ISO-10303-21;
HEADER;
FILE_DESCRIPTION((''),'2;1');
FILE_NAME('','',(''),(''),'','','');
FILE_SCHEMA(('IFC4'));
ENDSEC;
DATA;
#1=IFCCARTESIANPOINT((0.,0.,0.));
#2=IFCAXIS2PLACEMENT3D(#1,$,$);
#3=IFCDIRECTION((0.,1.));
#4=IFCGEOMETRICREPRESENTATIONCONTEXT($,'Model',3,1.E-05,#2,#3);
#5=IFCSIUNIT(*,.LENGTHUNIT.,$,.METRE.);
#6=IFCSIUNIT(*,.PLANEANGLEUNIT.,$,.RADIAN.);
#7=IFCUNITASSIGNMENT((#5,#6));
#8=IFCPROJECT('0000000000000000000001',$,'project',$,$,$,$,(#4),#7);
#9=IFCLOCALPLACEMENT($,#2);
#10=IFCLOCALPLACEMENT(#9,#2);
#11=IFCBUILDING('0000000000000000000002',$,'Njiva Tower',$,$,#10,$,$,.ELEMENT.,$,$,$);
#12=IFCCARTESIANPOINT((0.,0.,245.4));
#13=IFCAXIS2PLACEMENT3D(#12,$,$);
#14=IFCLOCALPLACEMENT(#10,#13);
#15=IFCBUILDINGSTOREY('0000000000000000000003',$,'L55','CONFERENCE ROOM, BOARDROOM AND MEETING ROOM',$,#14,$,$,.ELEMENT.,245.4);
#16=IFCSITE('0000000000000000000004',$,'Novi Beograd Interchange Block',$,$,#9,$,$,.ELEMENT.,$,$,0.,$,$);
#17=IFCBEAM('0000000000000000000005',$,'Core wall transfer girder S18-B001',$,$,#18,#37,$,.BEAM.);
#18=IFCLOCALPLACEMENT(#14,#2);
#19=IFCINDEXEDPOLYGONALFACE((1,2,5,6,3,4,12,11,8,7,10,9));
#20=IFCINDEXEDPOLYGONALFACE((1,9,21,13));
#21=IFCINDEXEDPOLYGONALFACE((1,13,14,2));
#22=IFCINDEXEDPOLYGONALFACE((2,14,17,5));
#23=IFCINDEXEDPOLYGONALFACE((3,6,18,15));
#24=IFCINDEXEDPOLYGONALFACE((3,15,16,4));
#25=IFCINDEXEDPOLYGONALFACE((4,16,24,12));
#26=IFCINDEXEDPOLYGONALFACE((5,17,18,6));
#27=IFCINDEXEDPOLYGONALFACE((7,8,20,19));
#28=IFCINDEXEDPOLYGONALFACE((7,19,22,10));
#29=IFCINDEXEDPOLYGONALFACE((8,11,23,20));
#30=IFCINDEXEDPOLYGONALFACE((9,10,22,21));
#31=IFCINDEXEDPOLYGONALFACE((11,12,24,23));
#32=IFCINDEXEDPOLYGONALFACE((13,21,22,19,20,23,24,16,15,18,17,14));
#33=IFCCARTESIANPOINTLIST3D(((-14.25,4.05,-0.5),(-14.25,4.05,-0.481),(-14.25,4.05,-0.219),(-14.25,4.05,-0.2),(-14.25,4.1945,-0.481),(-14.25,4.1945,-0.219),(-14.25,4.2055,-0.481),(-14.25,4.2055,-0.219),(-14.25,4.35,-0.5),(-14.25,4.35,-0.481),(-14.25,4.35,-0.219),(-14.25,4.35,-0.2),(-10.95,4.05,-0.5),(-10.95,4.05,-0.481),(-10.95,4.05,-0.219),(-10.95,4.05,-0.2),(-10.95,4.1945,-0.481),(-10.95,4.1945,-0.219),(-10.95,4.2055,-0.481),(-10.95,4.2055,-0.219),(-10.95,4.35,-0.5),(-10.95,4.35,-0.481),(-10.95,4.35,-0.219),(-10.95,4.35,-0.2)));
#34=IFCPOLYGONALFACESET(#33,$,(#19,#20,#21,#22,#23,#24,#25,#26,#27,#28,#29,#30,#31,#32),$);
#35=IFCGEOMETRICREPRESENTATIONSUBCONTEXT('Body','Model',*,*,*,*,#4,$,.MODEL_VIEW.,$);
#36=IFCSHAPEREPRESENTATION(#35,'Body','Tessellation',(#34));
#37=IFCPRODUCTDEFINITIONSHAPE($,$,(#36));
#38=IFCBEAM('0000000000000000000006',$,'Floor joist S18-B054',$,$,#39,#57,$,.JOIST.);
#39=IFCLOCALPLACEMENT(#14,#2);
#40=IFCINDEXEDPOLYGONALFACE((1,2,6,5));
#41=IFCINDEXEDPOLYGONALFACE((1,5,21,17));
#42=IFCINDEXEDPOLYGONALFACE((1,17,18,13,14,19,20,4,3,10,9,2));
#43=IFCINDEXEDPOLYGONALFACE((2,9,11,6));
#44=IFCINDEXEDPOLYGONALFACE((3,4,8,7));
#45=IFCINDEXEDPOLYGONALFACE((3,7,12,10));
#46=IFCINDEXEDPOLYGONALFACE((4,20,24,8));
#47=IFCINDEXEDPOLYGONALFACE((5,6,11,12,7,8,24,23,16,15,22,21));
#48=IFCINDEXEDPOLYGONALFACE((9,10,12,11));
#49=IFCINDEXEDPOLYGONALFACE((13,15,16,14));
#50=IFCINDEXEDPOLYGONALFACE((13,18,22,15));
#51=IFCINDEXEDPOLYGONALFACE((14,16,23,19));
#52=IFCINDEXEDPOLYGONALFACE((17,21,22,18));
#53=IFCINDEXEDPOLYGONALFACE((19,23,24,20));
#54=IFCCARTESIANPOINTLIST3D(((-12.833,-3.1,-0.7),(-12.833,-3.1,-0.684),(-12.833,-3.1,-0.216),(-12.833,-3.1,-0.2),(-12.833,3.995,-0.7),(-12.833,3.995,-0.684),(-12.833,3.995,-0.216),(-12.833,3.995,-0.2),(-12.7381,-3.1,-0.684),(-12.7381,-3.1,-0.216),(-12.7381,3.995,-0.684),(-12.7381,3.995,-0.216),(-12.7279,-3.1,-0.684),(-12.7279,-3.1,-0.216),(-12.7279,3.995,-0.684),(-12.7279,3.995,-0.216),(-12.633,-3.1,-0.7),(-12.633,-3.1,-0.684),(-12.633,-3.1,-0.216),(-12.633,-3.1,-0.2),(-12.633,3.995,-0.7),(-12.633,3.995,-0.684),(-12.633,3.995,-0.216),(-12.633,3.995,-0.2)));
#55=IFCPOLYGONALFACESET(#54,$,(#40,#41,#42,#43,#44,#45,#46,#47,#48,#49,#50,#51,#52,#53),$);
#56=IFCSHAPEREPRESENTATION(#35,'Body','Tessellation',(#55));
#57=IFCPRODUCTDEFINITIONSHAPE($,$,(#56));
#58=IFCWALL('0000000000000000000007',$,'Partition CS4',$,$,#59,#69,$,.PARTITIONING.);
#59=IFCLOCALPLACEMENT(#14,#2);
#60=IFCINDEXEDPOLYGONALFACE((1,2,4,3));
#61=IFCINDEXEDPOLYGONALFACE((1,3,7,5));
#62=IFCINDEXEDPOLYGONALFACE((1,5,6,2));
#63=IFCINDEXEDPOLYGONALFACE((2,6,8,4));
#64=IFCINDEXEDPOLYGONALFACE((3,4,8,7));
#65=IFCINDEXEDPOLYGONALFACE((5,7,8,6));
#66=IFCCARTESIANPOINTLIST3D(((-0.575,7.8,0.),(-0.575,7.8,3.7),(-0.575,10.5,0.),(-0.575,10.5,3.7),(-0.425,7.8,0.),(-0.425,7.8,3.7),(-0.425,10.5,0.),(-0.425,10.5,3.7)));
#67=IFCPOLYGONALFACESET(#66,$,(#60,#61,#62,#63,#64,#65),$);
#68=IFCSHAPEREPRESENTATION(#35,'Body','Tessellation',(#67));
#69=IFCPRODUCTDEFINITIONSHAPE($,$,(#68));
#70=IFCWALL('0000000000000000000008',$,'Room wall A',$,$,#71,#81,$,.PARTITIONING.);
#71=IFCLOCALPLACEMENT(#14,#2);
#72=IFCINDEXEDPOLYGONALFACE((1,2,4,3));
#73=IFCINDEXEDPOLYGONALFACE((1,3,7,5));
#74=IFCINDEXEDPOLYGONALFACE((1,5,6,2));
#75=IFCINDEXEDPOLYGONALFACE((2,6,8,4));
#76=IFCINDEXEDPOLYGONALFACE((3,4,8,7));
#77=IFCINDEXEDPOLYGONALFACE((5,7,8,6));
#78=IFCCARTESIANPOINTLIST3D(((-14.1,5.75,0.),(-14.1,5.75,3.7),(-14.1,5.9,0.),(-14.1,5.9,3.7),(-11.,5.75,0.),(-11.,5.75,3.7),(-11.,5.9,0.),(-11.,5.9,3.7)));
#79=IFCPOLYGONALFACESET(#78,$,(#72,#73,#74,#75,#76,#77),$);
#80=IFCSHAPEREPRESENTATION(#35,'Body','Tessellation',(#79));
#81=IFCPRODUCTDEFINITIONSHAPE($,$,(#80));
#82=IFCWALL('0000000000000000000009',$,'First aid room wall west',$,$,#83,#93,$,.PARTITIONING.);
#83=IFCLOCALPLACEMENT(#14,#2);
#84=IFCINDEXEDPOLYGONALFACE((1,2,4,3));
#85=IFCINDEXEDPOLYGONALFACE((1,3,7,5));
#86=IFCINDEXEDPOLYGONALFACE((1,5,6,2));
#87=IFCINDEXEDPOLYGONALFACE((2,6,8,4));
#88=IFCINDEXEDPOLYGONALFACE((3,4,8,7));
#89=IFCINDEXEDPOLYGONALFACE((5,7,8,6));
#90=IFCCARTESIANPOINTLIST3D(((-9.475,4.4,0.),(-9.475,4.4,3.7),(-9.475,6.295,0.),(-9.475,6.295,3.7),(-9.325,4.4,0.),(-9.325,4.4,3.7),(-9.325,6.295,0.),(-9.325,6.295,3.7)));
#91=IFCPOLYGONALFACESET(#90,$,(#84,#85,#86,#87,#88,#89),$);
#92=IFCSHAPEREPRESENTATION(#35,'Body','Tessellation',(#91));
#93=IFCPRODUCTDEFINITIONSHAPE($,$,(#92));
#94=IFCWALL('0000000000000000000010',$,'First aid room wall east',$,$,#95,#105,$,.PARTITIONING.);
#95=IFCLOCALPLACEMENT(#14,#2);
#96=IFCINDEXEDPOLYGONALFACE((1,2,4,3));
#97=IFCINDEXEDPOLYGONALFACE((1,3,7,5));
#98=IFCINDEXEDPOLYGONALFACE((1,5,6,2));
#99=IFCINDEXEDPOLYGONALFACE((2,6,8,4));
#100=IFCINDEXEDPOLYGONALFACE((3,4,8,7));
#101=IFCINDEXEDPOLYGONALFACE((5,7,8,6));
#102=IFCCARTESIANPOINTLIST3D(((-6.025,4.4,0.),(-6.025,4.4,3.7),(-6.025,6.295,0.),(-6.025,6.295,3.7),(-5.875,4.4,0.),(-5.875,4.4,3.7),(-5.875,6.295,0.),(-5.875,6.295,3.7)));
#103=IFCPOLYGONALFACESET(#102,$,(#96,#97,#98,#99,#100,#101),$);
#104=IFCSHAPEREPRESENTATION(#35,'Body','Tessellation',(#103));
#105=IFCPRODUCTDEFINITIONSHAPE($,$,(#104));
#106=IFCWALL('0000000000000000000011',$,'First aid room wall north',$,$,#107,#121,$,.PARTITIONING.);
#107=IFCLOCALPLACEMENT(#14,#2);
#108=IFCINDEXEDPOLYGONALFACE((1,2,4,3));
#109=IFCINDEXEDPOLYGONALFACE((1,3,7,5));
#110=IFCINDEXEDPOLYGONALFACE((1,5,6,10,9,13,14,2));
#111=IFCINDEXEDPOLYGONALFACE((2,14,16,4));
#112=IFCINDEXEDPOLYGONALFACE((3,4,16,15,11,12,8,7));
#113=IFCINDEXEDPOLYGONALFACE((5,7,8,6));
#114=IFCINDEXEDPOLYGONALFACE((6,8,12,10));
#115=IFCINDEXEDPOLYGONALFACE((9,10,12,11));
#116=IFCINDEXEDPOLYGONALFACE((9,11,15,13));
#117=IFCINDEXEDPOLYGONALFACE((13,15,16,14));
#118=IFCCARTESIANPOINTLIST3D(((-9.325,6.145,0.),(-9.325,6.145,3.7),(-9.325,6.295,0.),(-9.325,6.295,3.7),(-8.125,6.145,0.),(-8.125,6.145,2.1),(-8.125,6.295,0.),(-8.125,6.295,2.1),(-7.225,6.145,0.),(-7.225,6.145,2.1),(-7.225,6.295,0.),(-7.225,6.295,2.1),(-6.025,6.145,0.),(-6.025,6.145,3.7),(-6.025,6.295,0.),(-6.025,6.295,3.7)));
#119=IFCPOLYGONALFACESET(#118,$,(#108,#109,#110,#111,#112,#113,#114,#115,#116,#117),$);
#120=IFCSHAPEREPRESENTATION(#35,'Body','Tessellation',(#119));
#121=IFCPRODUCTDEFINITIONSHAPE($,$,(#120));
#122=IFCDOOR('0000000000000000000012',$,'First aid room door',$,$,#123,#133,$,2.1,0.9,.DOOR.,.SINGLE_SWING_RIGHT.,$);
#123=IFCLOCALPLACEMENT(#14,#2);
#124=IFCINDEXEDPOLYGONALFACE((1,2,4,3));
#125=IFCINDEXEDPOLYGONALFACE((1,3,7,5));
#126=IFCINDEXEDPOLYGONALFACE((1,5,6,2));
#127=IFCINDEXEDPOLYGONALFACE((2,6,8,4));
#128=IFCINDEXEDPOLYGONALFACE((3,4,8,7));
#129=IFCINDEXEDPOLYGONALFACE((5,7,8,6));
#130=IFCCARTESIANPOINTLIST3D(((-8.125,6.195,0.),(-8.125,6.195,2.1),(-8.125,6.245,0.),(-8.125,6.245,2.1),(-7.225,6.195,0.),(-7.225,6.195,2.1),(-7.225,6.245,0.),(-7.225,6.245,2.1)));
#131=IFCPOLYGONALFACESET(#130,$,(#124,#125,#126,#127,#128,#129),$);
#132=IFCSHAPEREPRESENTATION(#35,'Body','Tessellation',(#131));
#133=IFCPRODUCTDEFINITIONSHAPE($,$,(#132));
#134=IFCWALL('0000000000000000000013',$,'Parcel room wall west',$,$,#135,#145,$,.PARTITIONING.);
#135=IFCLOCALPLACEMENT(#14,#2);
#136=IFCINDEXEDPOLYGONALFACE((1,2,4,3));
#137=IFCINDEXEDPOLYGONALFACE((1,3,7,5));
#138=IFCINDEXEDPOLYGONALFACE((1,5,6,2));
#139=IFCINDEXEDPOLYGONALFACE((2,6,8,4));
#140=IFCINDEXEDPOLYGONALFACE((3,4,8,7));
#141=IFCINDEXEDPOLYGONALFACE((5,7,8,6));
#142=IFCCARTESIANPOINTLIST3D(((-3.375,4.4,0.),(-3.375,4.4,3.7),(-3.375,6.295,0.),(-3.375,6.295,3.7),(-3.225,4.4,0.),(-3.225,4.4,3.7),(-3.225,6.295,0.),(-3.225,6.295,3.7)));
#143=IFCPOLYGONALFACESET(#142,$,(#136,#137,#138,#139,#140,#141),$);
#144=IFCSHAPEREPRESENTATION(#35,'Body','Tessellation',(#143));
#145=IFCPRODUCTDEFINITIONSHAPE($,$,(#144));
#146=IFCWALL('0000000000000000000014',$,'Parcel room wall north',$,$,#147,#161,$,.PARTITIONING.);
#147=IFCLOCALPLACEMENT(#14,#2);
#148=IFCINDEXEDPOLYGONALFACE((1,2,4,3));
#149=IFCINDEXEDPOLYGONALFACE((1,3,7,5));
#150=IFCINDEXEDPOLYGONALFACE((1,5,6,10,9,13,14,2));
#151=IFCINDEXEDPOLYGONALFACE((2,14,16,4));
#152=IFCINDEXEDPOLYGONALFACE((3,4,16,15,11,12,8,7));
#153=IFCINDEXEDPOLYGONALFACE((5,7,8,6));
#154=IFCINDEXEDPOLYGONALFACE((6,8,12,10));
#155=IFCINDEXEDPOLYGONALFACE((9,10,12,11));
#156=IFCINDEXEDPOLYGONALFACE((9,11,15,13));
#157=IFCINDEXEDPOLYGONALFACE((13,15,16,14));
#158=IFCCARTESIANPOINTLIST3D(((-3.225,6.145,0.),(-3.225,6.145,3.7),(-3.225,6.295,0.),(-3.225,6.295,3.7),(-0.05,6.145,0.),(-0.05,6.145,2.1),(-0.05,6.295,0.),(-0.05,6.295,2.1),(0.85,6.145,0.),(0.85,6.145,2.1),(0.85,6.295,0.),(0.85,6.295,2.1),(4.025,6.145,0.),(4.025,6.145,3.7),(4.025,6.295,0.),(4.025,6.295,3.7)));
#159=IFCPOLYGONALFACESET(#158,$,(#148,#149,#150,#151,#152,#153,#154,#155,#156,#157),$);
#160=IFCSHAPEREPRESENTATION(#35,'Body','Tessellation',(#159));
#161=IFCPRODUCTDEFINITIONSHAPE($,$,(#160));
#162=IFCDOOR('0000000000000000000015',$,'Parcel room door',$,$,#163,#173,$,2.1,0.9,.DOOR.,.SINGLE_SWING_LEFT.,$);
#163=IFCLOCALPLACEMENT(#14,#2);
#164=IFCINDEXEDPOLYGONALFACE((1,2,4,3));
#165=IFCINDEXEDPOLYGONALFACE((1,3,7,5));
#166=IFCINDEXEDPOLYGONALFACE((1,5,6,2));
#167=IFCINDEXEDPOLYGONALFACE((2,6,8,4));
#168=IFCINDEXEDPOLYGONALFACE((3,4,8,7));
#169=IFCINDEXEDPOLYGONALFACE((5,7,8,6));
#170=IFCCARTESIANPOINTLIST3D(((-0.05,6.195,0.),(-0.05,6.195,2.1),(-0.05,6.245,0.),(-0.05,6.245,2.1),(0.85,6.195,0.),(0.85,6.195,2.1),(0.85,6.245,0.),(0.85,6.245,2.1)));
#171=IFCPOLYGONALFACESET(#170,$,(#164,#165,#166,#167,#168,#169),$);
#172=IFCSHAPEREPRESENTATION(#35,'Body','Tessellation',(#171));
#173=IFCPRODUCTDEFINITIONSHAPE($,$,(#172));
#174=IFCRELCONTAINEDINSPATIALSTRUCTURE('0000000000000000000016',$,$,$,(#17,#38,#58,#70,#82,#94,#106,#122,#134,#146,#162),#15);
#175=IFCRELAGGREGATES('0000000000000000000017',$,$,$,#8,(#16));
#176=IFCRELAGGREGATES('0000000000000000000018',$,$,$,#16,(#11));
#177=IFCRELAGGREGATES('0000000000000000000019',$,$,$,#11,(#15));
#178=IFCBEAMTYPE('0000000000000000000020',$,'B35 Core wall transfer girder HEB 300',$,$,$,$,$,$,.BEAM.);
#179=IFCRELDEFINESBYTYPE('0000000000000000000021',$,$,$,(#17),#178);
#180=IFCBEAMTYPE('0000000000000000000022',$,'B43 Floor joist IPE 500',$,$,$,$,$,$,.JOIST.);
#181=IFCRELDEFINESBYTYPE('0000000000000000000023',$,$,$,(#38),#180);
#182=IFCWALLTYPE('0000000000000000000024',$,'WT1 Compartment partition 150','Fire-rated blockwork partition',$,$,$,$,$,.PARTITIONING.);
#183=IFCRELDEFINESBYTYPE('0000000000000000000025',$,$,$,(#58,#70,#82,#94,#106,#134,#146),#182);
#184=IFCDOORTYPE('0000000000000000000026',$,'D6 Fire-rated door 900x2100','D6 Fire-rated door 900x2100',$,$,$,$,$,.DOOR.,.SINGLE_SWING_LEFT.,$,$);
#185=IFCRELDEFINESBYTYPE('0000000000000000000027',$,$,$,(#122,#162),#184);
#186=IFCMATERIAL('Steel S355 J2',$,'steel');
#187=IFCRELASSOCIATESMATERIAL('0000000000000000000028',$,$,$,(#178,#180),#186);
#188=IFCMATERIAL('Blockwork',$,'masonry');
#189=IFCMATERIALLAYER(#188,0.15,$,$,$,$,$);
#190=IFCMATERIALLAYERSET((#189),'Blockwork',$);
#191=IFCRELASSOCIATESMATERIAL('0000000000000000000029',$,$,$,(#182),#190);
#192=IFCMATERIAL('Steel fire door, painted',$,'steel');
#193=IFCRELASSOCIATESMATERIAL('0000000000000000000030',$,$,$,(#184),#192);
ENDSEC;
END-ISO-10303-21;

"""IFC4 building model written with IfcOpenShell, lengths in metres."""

from ifc_helpers import new_model, si_unit, direction, frame, frame_2d, origin, origin_2d, place, context, subcontext, project, spatial, rectangle, i_section, extrude, material, layer, layer_set, material_profile, profile_set, type_object, element, fill, save


model = new_model("IFC4")

# Units and contexts
model_context = context("Model", 3, precision=1e-05, world=origin(), true_north=direction((0.0, 1.0)))
body_context = subcontext(model_context, "Body", "Model", "MODEL_VIEW")
ifc_project = project(units=[si_unit("LENGTHUNIT", "METRE"), si_unit("PLANEANGLEUNIT", "RADIAN")], contexts=[model_context])

# Site, building, storey
site_placement = place(None, origin())
site = spatial("IfcSite", under=ifc_project, at=site_placement, Name="Novi Beograd Interchange Block", CompositionType="ELEMENT", RefElevation=0.0)
building_placement = place(site_placement, origin())
building = spatial("IfcBuilding", under=site, at=building_placement, Name="Njiva Tower", CompositionType="ELEMENT")
storey_placement = place(building_placement, frame((0.0, 0.0, 245.4)))
storey = spatial("IfcBuildingStorey", under=building, at=storey_placement, Name="L55", Description="CONFERENCE ROOM, BOARDROOM AND MEETING ROOM", CompositionType="ELEMENT", Elevation=245.4)

# Beams
ifc_material_1 = material(Name="Steel S355 J2", Category="steel")
ifc_material_profile_1 = material_profile(ifc_material_1, i_section(OverallWidth=0.3, OverallDepth=0.3, WebThickness=0.011, FlangeThickness=0.019, at=origin_2d()), Name="HEB 300")
ifc_profile_set_1 = profile_set([ifc_material_profile_1], Name="Steel S355 J2")
beam_type_1 = type_object("IfcBeamType", Name="B35 Core wall transfer girder HEB 300", PredefinedType="BEAM", material=ifc_profile_set_1)
beam_1_placement = place(storey_placement, frame((-14.25, 4.2, -0.35), z_axis=(1.0, 0.0, 0.0), x_axis=(0.0, 1.0, 0.0)))
element("IfcBeam", 1, at=beam_1_placement, inside=storey, type_object=beam_type_1, Name="Core wall transfer girder S18-B001", PredefinedType="BEAM", context=body_context, shape_type="SweptSolid", body=[
    extrude(i_section(OverallWidth=0.3, OverallDepth=0.3, WebThickness=0.011, FlangeThickness=0.019, at=origin_2d()), origin(), (0.0, 0.0, 1.0), 3.3),
])
ifc_material_profile_2 = material_profile(ifc_material_1, i_section(OverallWidth=0.2, OverallDepth=0.5, WebThickness=0.0102, FlangeThickness=0.016, at=origin_2d()), Name="IPE 500")
ifc_profile_set_2 = profile_set([ifc_material_profile_2], Name="Steel S355 J2")
beam_type_2 = type_object("IfcBeamType", Name="B43 Floor joist IPE 500", PredefinedType="JOIST", material=ifc_profile_set_2)
beam_2_placement = place(storey_placement, frame((-12.733, 3.995, -0.45), z_axis=(0.0, -1.0, 0.0), x_axis=(1.0, 0.0, 0.0)))
element("IfcBeam", 2, at=beam_2_placement, inside=storey, type_object=beam_type_2, Name="Floor joist S18-B054", PredefinedType="JOIST", context=body_context, shape_type="SweptSolid", body=[
    extrude(i_section(OverallWidth=0.2, OverallDepth=0.5, WebThickness=0.0102, FlangeThickness=0.016, at=origin_2d()), origin(), (0.0, 0.0, 1.0), 7.095),
])

# Walls
ifc_material_2 = material(Name="Blockwork", Category="masonry")
ifc_layer_1 = layer(ifc_material_2, 0.15)
ifc_layer_set_1 = layer_set([ifc_layer_1], Name="Blockwork")
wall_type_1 = type_object("IfcWallType", Name="WT1 Compartment partition 150", Description="Fire-rated blockwork partition", PredefinedType="PARTITIONING", material=ifc_layer_set_1)
wall_1_placement = place(storey_placement, frame((-0.5, 7.8, 0.0), z_axis=(0.0, 0.0, 1.0), x_axis=(0.0, 1.0, 0.0)))
element("IfcWall", 3, at=wall_1_placement, inside=storey, type_object=wall_type_1, Name="Partition CS4", PredefinedType="PARTITIONING", context=body_context, shape_type="SweptSolid", body=[
    extrude(rectangle(XDim=2.7, YDim=0.15, at=frame_2d((1.35, 0.0))), origin(), (0.0, 0.0, 1.0), 3.7),
])
wall_2_placement = place(storey_placement, frame((-14.1, 5.825, 0.0), z_axis=(0.0, 0.0, 1.0), x_axis=(1.0, 0.0, 0.0)))
element("IfcWall", 4, at=wall_2_placement, inside=storey, type_object=wall_type_1, Name="Room wall A", PredefinedType="PARTITIONING", context=body_context, shape_type="SweptSolid", body=[
    extrude(rectangle(XDim=3.1, YDim=0.15, at=frame_2d((1.55, 0.0))), origin(), (0.0, 0.0, 1.0), 3.7),
])
for number, where, z_axis, x_axis, name in (
    (5, (-9.4, 4.4, 0.0), (0.0, 0.0, 1.0), (0.0, 1.0, 0.0), "First aid room wall west"),
    (6, (-5.95, 4.4, 0.0), (0.0, 0.0, 1.0), (0.0, 1.0, 0.0), "First aid room wall east"),
):
    element("IfcWall", number, at=place(storey_placement, frame(where, z_axis=z_axis, x_axis=x_axis)), inside=storey, type_object=wall_type_1, Name=name, PredefinedType="PARTITIONING", context=body_context, shape_type="SweptSolid", body=[
        extrude(rectangle(XDim=1.895, YDim=0.15, at=frame_2d((0.9475, 0.0))), origin(), (0.0, 0.0, 1.0), 3.7),
    ])

# Wall, opening, door
wall_3_placement = place(storey_placement, frame((-9.325, 6.22, 0.0), z_axis=(0.0, 0.0, 1.0), x_axis=(1.0, 0.0, 0.0)))
wall_3 = element("IfcWall", 7, at=wall_3_placement, inside=storey, type_object=wall_type_1, Name="First aid room wall north", PredefinedType="PARTITIONING", context=body_context, shape_type="SweptSolid", body=[
    extrude(rectangle(XDim=3.3, YDim=0.15, at=frame_2d((1.65, 0.0))), origin(), (0.0, 0.0, 1.0), 3.7),
])
opening_1_placement = place(wall_3_placement, frame((1.2, 0.0, 0.0)))
opening_1 = element("IfcOpeningElement", 8, at=opening_1_placement, cuts=wall_3, PredefinedType="OPENING", context=body_context, shape_type="SweptSolid", body=[
    extrude(rectangle(XDim=0.9, YDim=2.1, at=frame_2d((0.45, 1.05))), frame((0.0, 0.085, 0.0), z_axis=(0.0, -1.0, 0.0), x_axis=(1.0, 0.0, 0.0)), (0.0, 0.0, 1.0), 0.17),
])
ifc_material_3 = material(Name="Steel fire door, painted", Category="steel")
door_type_1 = type_object("IfcDoorType", Name="D6 Fire-rated door 900x2100", Description="D6 Fire-rated door 900x2100", OperationType="SINGLE_SWING_LEFT", PredefinedType="DOOR", material=ifc_material_3)
door_1_placement = place(opening_1_placement, origin())
door_1 = element("IfcDoor", 9, at=door_1_placement, inside=storey, type_object=door_type_1, Name="First aid room door", OperationType="SINGLE_SWING_RIGHT", OverallHeight=2.1, OverallWidth=0.9, PredefinedType="DOOR", context=body_context, shape_type="SweptSolid", body=[
    extrude(rectangle(XDim=0.9, YDim=2.1, at=frame_2d((0.45, 1.05))), frame((0.0, 0.025, 0.0), z_axis=(0.0, -1.0, 0.0), x_axis=(1.0, 0.0, 0.0)), (0.0, 0.0, 1.0), 0.05),
])
fill(opening_1, door_1)

# Wall
wall_4_placement = place(storey_placement, frame((-3.3, 4.4, 0.0), z_axis=(0.0, 0.0, 1.0), x_axis=(0.0, 1.0, 0.0)))
element("IfcWall", 10, at=wall_4_placement, inside=storey, type_object=wall_type_1, Name="Parcel room wall west", PredefinedType="PARTITIONING", context=body_context, shape_type="SweptSolid", body=[
    extrude(rectangle(XDim=1.895, YDim=0.15, at=frame_2d((0.9475, 0.0))), origin(), (0.0, 0.0, 1.0), 3.7),
])

# Wall, opening, door
wall_5_placement = place(storey_placement, frame((-3.225, 6.22, 0.0), z_axis=(0.0, 0.0, 1.0), x_axis=(1.0, 0.0, 0.0)))
wall_5 = element("IfcWall", 11, at=wall_5_placement, inside=storey, type_object=wall_type_1, Name="Parcel room wall north", PredefinedType="PARTITIONING", context=body_context, shape_type="SweptSolid", body=[
    extrude(rectangle(XDim=7.25, YDim=0.15, at=frame_2d((3.625, 0.0))), origin(), (0.0, 0.0, 1.0), 3.7),
])
opening_2_placement = place(wall_5_placement, frame((3.175, 0.0, 0.0)))
opening_2 = element("IfcOpeningElement", 12, at=opening_2_placement, cuts=wall_5, PredefinedType="OPENING", context=body_context, shape_type="SweptSolid", body=[
    extrude(rectangle(XDim=0.9, YDim=2.1, at=frame_2d((0.45, 1.05))), frame((0.0, 0.085, 0.0), z_axis=(0.0, -1.0, 0.0), x_axis=(1.0, 0.0, 0.0)), (0.0, 0.0, 1.0), 0.17),
])
door_2_placement = place(opening_2_placement, origin())
door_2 = element("IfcDoor", 13, at=door_2_placement, inside=storey, type_object=door_type_1, Name="Parcel room door", OperationType="SINGLE_SWING_LEFT", OverallHeight=2.1, OverallWidth=0.9, PredefinedType="DOOR", context=body_context, shape_type="SweptSolid", body=[
    extrude(rectangle(XDim=0.9, YDim=2.1, at=frame_2d((0.45, 1.05))), frame((0.0, 0.025, 0.0), z_axis=(0.0, -1.0, 0.0), x_axis=(1.0, 0.0, 0.0)), (0.0, 0.0, 1.0), 0.05),
])
fill(opening_2, door_2)

save(model, "model.ifc")
